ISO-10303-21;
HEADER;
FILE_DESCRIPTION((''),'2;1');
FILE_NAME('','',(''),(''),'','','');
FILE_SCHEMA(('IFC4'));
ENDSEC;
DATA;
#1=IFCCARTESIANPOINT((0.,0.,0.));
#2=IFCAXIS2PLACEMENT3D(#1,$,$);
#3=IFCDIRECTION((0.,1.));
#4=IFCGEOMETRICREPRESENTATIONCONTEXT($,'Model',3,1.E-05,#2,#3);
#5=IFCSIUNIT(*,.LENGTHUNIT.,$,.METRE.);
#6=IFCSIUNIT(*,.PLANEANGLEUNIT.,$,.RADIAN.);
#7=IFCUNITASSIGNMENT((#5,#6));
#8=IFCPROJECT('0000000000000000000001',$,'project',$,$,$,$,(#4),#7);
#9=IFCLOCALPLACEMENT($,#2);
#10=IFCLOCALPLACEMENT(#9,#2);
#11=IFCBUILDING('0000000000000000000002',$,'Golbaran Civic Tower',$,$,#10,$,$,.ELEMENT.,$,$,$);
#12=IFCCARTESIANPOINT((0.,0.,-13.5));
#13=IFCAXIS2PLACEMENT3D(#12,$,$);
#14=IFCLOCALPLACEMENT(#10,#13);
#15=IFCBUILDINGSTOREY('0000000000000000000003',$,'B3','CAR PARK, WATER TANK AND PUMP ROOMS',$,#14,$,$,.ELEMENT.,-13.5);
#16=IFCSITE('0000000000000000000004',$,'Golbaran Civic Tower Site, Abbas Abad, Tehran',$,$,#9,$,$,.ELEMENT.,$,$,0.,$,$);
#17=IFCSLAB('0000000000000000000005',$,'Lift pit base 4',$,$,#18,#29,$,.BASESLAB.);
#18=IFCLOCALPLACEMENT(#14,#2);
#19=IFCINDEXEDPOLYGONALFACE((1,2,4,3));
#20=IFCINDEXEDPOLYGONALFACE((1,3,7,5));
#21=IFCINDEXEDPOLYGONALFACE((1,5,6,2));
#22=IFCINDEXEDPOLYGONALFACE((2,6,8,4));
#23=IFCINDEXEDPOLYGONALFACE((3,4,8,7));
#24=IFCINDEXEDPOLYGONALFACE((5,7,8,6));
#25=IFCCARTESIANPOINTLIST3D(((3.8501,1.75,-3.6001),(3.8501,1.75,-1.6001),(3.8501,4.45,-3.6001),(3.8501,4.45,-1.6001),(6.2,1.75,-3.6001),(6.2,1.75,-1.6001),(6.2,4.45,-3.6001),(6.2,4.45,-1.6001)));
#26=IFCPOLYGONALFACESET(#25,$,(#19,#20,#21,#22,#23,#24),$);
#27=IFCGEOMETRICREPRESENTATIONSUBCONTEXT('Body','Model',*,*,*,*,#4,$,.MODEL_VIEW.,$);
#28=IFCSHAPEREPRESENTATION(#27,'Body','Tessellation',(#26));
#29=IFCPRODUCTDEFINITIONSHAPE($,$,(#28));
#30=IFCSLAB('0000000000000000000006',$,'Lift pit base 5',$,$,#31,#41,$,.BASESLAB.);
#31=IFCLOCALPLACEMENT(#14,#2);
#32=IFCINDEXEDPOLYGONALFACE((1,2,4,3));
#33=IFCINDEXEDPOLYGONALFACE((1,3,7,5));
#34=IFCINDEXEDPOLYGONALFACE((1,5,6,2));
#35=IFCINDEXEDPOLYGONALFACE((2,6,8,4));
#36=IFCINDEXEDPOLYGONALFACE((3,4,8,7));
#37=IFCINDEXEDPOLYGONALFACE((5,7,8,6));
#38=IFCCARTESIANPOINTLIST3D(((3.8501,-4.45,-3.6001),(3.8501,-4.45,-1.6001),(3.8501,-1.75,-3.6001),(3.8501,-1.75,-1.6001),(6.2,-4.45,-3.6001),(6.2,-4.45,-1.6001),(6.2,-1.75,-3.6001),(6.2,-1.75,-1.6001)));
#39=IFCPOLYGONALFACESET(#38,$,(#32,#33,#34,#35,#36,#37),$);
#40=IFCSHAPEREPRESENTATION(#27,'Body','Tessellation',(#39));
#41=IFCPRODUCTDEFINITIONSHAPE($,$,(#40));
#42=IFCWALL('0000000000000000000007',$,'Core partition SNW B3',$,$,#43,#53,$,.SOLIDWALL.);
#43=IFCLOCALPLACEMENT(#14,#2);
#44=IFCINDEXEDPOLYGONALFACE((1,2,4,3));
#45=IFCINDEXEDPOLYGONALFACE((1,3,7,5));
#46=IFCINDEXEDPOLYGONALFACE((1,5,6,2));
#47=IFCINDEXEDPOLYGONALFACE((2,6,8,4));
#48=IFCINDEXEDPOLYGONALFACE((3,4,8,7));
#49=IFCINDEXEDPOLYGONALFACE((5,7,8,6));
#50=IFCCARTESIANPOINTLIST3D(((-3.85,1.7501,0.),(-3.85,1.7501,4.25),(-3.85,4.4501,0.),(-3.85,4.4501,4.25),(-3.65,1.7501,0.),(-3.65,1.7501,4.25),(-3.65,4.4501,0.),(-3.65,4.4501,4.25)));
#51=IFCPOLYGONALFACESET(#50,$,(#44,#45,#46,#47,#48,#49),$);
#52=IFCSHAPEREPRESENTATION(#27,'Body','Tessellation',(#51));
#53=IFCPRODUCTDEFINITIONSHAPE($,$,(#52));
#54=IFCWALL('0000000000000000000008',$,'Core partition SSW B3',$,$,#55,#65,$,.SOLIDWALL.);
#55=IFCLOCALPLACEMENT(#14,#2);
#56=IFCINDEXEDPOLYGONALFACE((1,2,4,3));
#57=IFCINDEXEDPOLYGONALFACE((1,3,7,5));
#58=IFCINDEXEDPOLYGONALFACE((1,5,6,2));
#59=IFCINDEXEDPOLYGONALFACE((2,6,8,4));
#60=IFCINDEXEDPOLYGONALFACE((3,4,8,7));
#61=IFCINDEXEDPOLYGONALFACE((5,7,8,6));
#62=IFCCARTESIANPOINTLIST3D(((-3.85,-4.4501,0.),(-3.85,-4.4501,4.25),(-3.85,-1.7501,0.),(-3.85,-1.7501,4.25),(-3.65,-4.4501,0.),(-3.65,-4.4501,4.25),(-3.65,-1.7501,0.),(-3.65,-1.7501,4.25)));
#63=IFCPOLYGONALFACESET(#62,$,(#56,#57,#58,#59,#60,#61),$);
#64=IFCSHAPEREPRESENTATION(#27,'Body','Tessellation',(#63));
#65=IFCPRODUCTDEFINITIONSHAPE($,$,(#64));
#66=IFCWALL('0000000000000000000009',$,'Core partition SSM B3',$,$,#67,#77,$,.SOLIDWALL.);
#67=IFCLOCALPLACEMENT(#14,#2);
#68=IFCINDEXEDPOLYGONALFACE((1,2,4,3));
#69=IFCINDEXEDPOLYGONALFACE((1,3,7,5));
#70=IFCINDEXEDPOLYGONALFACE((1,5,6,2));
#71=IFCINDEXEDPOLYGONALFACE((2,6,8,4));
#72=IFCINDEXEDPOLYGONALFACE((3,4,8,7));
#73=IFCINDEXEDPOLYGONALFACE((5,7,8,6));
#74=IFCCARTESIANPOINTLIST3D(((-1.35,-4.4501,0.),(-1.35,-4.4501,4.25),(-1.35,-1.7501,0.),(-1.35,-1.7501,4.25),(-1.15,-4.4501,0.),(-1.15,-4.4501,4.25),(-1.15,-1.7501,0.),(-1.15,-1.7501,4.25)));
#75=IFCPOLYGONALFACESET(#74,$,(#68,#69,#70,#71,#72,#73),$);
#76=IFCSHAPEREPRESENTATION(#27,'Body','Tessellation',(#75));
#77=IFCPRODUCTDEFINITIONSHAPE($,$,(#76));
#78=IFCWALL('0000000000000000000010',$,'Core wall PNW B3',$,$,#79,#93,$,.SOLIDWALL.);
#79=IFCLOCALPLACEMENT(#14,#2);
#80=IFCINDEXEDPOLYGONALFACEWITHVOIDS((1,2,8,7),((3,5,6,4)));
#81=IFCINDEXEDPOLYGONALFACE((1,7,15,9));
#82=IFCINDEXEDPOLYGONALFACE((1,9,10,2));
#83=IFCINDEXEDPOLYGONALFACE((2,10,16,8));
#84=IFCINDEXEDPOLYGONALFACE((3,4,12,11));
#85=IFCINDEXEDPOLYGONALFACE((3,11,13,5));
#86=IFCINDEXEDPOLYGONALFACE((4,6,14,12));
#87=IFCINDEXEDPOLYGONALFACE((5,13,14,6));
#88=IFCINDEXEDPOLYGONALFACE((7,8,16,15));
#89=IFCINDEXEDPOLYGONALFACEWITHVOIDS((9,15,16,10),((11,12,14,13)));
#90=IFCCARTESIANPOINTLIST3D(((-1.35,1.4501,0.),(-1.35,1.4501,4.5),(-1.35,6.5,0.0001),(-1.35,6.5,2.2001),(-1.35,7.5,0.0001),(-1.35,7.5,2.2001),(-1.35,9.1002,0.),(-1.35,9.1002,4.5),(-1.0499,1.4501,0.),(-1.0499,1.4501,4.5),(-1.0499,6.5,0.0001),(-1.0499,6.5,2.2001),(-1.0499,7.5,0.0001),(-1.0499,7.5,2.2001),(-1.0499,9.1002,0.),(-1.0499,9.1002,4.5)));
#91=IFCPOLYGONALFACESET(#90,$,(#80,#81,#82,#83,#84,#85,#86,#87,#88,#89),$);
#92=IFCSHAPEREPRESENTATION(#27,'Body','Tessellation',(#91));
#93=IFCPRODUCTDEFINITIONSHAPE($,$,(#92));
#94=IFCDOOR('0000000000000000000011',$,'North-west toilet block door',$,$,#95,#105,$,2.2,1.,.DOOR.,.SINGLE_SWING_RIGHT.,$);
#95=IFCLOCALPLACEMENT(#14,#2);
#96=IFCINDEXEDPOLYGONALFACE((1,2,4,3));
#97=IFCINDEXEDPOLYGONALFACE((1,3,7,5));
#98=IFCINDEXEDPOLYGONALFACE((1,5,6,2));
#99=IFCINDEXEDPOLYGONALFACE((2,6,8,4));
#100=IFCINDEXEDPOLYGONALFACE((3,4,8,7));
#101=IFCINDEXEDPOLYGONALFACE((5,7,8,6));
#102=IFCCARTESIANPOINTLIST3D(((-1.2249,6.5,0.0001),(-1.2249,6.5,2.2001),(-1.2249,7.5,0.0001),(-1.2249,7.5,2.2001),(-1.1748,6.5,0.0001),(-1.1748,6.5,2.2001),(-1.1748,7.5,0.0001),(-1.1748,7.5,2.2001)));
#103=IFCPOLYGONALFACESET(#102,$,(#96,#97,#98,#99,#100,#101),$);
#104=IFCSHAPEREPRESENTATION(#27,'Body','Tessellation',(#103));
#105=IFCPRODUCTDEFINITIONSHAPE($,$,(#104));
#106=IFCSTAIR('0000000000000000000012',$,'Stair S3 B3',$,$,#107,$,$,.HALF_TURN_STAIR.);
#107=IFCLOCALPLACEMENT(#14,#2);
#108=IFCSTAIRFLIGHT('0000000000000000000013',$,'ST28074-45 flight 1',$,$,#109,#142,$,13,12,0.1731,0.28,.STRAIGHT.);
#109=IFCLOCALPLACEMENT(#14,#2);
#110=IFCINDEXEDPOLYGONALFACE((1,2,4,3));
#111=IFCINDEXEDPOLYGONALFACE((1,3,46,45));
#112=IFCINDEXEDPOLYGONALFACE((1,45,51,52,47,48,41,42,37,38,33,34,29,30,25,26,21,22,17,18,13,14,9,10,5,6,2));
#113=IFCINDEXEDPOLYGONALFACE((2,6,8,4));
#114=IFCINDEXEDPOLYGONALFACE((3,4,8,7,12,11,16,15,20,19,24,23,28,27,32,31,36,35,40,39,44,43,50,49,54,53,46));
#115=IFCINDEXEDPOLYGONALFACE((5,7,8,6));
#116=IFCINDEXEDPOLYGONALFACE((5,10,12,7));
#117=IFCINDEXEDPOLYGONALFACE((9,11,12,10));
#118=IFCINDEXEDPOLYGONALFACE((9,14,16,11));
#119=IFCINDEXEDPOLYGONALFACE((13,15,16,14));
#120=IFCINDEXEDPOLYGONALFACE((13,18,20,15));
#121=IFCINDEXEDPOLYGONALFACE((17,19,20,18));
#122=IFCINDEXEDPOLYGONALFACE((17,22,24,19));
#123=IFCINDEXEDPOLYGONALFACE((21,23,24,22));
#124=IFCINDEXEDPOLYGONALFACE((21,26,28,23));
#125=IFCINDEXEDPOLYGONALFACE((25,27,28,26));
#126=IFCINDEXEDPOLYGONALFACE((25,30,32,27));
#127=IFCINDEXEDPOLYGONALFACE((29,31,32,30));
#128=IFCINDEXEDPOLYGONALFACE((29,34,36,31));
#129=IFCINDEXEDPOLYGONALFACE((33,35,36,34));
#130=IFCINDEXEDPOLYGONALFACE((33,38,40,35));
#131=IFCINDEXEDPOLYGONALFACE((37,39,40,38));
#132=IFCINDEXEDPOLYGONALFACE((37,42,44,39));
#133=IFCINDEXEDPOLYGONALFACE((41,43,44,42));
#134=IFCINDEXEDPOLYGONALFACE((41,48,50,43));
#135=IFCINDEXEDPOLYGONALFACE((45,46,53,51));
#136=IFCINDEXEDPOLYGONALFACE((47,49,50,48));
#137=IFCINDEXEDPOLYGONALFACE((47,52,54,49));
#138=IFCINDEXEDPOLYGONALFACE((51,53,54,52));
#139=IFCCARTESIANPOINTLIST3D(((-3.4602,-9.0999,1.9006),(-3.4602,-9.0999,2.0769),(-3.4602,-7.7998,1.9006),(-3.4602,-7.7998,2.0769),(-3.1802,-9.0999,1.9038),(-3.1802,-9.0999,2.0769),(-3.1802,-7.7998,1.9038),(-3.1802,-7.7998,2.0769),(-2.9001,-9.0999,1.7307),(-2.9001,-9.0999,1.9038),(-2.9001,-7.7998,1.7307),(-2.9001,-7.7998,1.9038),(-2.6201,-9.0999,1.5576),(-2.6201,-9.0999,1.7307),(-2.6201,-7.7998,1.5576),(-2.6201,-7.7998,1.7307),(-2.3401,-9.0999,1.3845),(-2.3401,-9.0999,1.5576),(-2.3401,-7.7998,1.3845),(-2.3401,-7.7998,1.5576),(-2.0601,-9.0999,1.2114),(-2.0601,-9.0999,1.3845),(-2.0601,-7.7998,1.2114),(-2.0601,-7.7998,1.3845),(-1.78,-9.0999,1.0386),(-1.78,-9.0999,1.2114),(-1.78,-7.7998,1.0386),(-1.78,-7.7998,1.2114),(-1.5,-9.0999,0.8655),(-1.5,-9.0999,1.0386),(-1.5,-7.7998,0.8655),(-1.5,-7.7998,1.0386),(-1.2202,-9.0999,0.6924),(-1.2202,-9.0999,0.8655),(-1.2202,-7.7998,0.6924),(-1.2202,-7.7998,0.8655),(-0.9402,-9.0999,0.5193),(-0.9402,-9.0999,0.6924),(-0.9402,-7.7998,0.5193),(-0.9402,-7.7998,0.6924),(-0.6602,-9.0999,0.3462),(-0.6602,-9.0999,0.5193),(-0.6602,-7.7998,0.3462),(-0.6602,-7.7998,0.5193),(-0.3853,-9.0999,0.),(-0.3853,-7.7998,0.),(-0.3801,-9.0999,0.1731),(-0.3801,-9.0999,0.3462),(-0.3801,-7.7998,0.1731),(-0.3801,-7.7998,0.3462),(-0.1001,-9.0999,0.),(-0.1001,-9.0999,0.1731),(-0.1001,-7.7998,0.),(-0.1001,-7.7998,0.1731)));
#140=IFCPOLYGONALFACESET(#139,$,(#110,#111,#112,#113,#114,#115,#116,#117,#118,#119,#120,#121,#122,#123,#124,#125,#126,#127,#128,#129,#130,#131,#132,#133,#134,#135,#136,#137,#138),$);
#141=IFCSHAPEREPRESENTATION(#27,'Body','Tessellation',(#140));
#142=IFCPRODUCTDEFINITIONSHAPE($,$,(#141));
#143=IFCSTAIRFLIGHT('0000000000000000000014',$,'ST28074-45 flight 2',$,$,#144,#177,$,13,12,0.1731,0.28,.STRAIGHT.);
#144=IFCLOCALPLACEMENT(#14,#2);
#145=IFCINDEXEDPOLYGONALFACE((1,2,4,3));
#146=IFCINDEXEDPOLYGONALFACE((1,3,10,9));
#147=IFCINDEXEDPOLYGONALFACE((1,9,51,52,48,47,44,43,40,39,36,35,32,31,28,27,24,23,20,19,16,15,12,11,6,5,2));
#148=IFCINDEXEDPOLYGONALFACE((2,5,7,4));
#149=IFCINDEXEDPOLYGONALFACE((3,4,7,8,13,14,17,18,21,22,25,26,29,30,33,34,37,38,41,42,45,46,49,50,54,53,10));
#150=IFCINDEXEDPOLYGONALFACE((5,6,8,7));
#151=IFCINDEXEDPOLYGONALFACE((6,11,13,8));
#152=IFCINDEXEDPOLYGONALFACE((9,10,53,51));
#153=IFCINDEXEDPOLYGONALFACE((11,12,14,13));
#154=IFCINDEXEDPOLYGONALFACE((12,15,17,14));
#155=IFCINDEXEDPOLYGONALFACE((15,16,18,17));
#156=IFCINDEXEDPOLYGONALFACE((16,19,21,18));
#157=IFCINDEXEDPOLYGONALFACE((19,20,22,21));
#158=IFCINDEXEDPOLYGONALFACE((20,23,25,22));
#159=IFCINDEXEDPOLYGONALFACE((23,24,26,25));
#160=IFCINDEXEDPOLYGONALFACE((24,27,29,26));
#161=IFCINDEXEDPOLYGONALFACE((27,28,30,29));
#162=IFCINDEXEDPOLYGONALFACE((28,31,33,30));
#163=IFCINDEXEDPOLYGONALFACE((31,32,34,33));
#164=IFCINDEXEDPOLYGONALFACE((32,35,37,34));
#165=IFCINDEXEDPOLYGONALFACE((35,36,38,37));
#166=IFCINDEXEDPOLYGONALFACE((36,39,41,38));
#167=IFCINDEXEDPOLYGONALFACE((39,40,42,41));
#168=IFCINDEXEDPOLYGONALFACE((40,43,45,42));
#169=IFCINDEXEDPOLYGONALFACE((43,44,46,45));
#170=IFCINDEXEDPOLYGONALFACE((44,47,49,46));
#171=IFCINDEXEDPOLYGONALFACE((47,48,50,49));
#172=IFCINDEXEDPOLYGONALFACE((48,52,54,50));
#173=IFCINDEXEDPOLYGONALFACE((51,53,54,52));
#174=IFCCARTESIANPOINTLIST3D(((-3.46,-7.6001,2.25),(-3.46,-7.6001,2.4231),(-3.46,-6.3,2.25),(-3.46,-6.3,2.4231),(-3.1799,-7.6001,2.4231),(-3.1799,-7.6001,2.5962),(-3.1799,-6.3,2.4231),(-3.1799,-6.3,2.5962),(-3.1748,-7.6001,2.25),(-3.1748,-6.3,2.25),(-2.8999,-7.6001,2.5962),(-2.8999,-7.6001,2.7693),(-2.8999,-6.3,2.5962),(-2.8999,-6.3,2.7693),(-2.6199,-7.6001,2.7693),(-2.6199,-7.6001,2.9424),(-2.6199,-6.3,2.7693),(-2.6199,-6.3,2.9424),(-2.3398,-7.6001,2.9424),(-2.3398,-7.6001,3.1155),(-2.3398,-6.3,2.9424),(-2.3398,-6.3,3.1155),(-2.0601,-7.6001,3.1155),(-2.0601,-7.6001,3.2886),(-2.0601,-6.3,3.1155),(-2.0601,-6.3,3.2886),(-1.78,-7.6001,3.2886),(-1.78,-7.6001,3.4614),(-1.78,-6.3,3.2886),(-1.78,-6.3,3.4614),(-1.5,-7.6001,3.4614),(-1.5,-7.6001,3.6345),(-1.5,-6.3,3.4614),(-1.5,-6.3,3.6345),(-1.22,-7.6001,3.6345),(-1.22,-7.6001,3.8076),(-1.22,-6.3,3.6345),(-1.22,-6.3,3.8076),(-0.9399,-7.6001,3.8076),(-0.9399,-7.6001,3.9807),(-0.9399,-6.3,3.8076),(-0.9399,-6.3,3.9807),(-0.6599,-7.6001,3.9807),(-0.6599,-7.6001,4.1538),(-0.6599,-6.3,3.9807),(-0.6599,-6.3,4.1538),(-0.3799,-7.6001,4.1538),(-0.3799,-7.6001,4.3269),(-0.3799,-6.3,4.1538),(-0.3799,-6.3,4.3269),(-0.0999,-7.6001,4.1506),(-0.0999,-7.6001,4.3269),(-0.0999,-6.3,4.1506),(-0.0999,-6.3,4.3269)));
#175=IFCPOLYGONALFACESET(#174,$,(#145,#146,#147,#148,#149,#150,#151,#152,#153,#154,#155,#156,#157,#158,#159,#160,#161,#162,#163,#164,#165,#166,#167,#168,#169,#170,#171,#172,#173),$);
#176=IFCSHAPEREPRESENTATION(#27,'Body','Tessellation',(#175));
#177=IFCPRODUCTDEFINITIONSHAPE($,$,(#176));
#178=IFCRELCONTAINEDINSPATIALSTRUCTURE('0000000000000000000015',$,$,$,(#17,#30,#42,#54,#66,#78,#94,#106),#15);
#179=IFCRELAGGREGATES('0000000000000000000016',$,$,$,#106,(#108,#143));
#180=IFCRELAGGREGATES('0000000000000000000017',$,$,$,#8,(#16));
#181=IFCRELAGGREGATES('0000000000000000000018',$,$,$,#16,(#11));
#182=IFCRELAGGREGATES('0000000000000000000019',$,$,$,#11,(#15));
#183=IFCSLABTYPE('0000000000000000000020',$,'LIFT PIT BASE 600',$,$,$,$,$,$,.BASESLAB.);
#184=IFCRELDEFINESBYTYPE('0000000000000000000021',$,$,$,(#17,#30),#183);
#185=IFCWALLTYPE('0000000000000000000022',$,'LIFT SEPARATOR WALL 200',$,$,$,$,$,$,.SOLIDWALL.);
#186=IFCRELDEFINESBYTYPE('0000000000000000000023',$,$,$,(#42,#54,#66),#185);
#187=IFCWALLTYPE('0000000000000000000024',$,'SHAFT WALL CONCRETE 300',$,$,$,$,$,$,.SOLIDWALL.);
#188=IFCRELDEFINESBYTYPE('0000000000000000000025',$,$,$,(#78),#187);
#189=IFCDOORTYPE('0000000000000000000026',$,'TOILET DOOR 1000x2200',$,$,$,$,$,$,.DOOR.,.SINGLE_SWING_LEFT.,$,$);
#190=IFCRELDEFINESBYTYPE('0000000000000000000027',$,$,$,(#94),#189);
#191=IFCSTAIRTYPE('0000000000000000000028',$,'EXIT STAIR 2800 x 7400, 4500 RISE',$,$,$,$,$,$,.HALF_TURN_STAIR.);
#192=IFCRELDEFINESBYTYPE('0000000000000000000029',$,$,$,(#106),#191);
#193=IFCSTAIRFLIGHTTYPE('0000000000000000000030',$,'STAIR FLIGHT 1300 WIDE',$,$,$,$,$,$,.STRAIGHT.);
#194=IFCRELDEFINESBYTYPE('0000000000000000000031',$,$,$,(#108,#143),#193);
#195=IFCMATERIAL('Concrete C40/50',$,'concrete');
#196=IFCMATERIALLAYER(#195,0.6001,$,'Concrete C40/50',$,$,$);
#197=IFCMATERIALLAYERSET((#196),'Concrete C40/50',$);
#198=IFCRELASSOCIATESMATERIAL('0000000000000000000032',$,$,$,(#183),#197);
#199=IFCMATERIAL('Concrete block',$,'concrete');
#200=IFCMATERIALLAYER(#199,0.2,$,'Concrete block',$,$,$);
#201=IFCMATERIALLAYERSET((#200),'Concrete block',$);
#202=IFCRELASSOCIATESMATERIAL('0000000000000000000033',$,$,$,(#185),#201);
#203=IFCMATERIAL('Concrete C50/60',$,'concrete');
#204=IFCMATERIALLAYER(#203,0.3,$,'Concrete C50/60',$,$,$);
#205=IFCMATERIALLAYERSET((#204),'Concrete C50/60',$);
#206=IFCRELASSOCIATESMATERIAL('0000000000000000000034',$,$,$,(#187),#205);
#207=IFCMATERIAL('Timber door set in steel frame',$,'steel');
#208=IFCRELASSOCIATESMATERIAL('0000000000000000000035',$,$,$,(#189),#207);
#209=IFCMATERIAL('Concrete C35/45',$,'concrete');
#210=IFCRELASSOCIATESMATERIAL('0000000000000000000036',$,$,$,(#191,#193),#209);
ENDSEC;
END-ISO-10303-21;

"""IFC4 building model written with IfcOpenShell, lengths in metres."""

from ifc_helpers import new_model, si_unit, direction, frame, frame_2d, origin, place, context, subcontext, project, spatial, polyline, rectangle, outline, extrude, material, layer, layer_set, type_object, element, fill, aggregate, save


model = new_model("IFC4")

# Units and contexts
model_context = context("Model", 3, precision=1e-05, world=origin(), true_north=direction((0.0, 1.0)))
body_context = subcontext(model_context, "Body", "Model", "MODEL_VIEW")
ifc_project = project(units=[si_unit("LENGTHUNIT", "METRE"), si_unit("PLANEANGLEUNIT", "RADIAN")], contexts=[model_context])

# Site, building, storey
site_placement = place(None, origin())
site = spatial("IfcSite", under=ifc_project, at=site_placement, Name="Golbaran Civic Tower Site, Abbas Abad, Tehran", CompositionType="ELEMENT", RefElevation=0.0)
building_placement = place(site_placement, origin())
building = spatial("IfcBuilding", under=site, at=building_placement, Name="Golbaran Civic Tower", CompositionType="ELEMENT")
storey_placement = place(building_placement, frame((0.0, 0.0, -13.5)))
storey = spatial("IfcBuildingStorey", under=building, at=storey_placement, Name="B3", Description="CAR PARK, WATER TANK AND PUMP ROOMS", CompositionType="ELEMENT", Elevation=-13.5)

# Shared definitions
ifc_material_1 = material(Name="Concrete C35/45", Category="concrete")

# Shared definitions
ifc_material_2 = material(Name="Concrete C40/50", Category="concrete")

# Slabs
ifc_layer_1 = layer(ifc_material_2, 0.6001, Name="Concrete C40/50")
ifc_layer_set_1 = layer_set([ifc_layer_1], Name="Concrete C40/50")
slab_type = type_object("IfcSlabType", Name="LIFT PIT BASE 600", PredefinedType="BASESLAB", material=ifc_layer_set_1)
slab_1_placement = place(storey_placement, frame((0.0, 0.0, -3.6001)))
element("IfcSlab", 1, at=slab_1_placement, inside=storey, type_object=slab_type, Name="Lift pit base 4", PredefinedType="BASESLAB", context=body_context, shape_type="SweptSolid", body=[
    extrude(outline(polyline([(3.8501, 1.75), (6.2, 1.75), (6.2, 4.45), (3.8501, 4.45), (3.8501, 1.75)])), origin(), (0.0, 0.0, 1.0), 2.0),
])
slab_2_placement = place(storey_placement, frame((0.0, 0.0, -3.6001)))
element("IfcSlab", 2, at=slab_2_placement, inside=storey, type_object=slab_type, Name="Lift pit base 5", PredefinedType="BASESLAB", context=body_context, shape_type="SweptSolid", body=[
    extrude(outline(polyline([(3.8501, -4.45), (6.2, -4.45), (6.2, -1.75), (3.8501, -1.75), (3.8501, -4.45)])), origin(), (0.0, 0.0, 1.0), 2.0),
])

# Walls
ifc_material_3 = material(Name="Concrete block", Category="concrete")
ifc_layer_2 = layer(ifc_material_3, 0.2, Name="Concrete block")
ifc_layer_set_2 = layer_set([ifc_layer_2], Name="Concrete block")
wall_type_1 = type_object("IfcWallType", Name="LIFT SEPARATOR WALL 200", PredefinedType="SOLIDWALL", material=ifc_layer_set_2)
for number, where, z_axis, x_axis, name in (
    (3, (-3.75, 1.75, 0.0), (0.0, 0.0, 1.0), (0.0, 1.0, 0.0), "Core partition SNW B3"),
    (4, (-3.75, -1.75, 0.0), (0.0, 0.0, 1.0), (0.0, -1.0, 0.0), "Core partition SSW B3"),
    (5, (-1.25, -1.75, 0.0), (0.0, 0.0, 1.0), (0.0, -1.0, 0.0), "Core partition SSM B3"),
):
    element("IfcWall", number, at=place(storey_placement, frame(where, z_axis=z_axis, x_axis=x_axis)), inside=storey, type_object=wall_type_1, Name=name, PredefinedType="SOLIDWALL", context=body_context, shape_type="SweptSolid", body=[
        extrude(rectangle(XDim=2.7, YDim=0.2, at=frame_2d((1.3501, 0.0))), origin(), (0.0, 0.0, 1.0), 4.25),
    ])

# Wall, opening, door
ifc_material_4 = material(Name="Concrete C50/60", Category="concrete")
ifc_layer_3 = layer(ifc_material_4, 0.3, Name="Concrete C50/60")
ifc_layer_set_3 = layer_set([ifc_layer_3], Name="Concrete C50/60")
wall_type_2 = type_object("IfcWallType", Name="SHAFT WALL CONCRETE 300", PredefinedType="SOLIDWALL", material=ifc_layer_set_3)
wall_placement = place(storey_placement, frame((-1.2, 1.45, 0.0), z_axis=(0.0, 0.0, 1.0), x_axis=(0.0, 1.0, 0.0)))
wall = element("IfcWall", 6, at=wall_placement, inside=storey, type_object=wall_type_2, Name="Core wall PNW B3", PredefinedType="SOLIDWALL", context=body_context, shape_type="SweptSolid", body=[
    extrude(rectangle(XDim=7.6501, YDim=0.3, at=frame_2d((3.8252, 0.0))), origin(), (0.0, 0.0, 1.0), 4.5),
])
opening_placement = place(wall_placement, frame((5.05, 0.0, 0.0)))
opening = element("IfcOpeningElement", 7, at=opening_placement, cuts=wall, PredefinedType="OPENING", context=body_context, shape_type="SweptSolid", body=[
    extrude(rectangle(XDim=1.0, YDim=2.2, at=frame_2d((0.5, 1.1001))), frame((0.0, 0.1599, 0.0), z_axis=(0.0, -1.0, 0.0), x_axis=(1.0, 0.0, 0.0)), (0.0, 0.0, 1.0), 0.3201),
])
ifc_material_5 = material(Name="Timber door set in steel frame", Category="steel")
door_type = type_object("IfcDoorType", Name="TOILET DOOR 1000x2200", OperationType="SINGLE_SWING_LEFT", PredefinedType="DOOR", material=ifc_material_5)
door_placement = place(opening_placement, origin())
door = element("IfcDoor", 8, at=door_placement, inside=storey, type_object=door_type, Name="North-west toilet block door", OperationType="SINGLE_SWING_RIGHT", OverallHeight=2.2, OverallWidth=1.0, PredefinedType="DOOR", context=body_context, shape_type="SweptSolid", body=[
    extrude(rectangle(XDim=1.0, YDim=2.2, at=frame_2d((0.5, 1.1001))), frame((0.0, 0.0249, 0.0), z_axis=(0.0, -1.0, 0.0), x_axis=(1.0, 0.0, 0.0)), (0.0, 0.0, 1.0), 0.05),
])
fill(opening, door)

# Stair, stair flights
stair_type = type_object("IfcStairType", Name="EXIT STAIR 2800 x 7400, 4500 RISE", PredefinedType="HALF_TURN_STAIR", material=ifc_material_1)
stair_placement = place(storey_placement, origin())
stair = element("IfcStair", 9, at=stair_placement, inside=storey, type_object=stair_type, Name="Stair S3 B3", PredefinedType="HALF_TURN_STAIR")
stair_flight_type = type_object("IfcStairFlightType", Name="STAIR FLIGHT 1300 WIDE", PredefinedType="STRAIGHT", material=ifc_material_1)
stair_flight_1_placement = place(storey_placement, frame((-0.1001, -8.45, 0.0), z_axis=(0.0, 0.0, 1.0), x_axis=(-1.0, 0.0, 0.0)))
stair_flight_1 = element("IfcStairFlight", 10, at=stair_flight_1_placement, type_object=stair_flight_type, Name="ST28074-45 flight 1", NumberOfRisers=13, NumberOfTreads=12, PredefinedType="STRAIGHT", RiserHeight=0.1731, TreadLength=0.28, context=body_context, shape_type="SweptSolid", body=[
    extrude(outline(polyline([(0.0, 0.0), (0.0, 0.1731), (0.28, 0.1731), (0.28, 0.3462), (0.5601, 0.3462), (0.5601, 0.5193), (0.8401, 0.5193), (0.8401, 0.6924), (1.1201, 0.6924), (1.1201, 0.8655), (1.3999, 0.8655), (1.3999, 1.0386), (1.6799, 1.0386), (1.6799, 1.2114), (1.96, 1.2114), (1.96, 1.3845), (2.24, 1.3845), (2.24, 1.5576), (2.52, 1.5576), (2.52, 1.7307), (2.8, 1.7307), (2.8, 1.9038), (3.0801, 1.9038), (3.0801, 2.0769), (3.3601, 2.0769), (3.3601, 2.25), (3.3601, 1.9006), (0.2852, 0.0), (0.0, 0.0)])), frame((0.0, 0.6499, 0.0), z_axis=(0.0, -1.0, 0.0), x_axis=(1.0, 0.0, 0.0)), (0.0, 0.0, 1.0), 1.3),
])
stair_flight_2_placement = place(storey_placement, frame((-3.46, -6.95, 2.25), z_axis=(0.0, 0.0, 1.0), x_axis=(1.0, 0.0, 0.0)))
stair_flight_2 = element("IfcStairFlight", 11, at=stair_flight_2_placement, type_object=stair_flight_type, Name="ST28074-45 flight 2", NumberOfRisers=13, NumberOfTreads=12, PredefinedType="STRAIGHT", RiserHeight=0.1731, TreadLength=0.28, context=body_context, shape_type="SweptSolid", body=[
    extrude(outline(polyline([(0.0, 0.0), (0.0, 0.1731), (0.28, 0.1731), (0.28, 0.3462), (0.5601, 0.3462), (0.5601, 0.5193), (0.8401, 0.5193), (0.8401, 0.6924), (1.1201, 0.6924), (1.1201, 0.8655), (1.3999, 0.8655), (1.3999, 1.0386), (1.6799, 1.0386), (1.6799, 1.2114), (1.96, 1.2114), (1.96, 1.3845), (2.24, 1.3845), (2.24, 1.5576), (2.52, 1.5576), (2.52, 1.7307), (2.8, 1.7307), (2.8, 1.9038), (3.0801, 1.9038), (3.0801, 2.0769), (3.3601, 2.0769), (3.3601, 2.25), (3.3601, 1.9006), (0.2852, 0.0), (0.0, 0.0)])), frame((0.0, 0.6499, 0.0), z_axis=(0.0, -1.0, 0.0), x_axis=(1.0, 0.0, 0.0)), (0.0, 0.0, 1.0), 1.3),
])
aggregate(stair, [stair_flight_1, stair_flight_2])

save(model, "model.ifc")
